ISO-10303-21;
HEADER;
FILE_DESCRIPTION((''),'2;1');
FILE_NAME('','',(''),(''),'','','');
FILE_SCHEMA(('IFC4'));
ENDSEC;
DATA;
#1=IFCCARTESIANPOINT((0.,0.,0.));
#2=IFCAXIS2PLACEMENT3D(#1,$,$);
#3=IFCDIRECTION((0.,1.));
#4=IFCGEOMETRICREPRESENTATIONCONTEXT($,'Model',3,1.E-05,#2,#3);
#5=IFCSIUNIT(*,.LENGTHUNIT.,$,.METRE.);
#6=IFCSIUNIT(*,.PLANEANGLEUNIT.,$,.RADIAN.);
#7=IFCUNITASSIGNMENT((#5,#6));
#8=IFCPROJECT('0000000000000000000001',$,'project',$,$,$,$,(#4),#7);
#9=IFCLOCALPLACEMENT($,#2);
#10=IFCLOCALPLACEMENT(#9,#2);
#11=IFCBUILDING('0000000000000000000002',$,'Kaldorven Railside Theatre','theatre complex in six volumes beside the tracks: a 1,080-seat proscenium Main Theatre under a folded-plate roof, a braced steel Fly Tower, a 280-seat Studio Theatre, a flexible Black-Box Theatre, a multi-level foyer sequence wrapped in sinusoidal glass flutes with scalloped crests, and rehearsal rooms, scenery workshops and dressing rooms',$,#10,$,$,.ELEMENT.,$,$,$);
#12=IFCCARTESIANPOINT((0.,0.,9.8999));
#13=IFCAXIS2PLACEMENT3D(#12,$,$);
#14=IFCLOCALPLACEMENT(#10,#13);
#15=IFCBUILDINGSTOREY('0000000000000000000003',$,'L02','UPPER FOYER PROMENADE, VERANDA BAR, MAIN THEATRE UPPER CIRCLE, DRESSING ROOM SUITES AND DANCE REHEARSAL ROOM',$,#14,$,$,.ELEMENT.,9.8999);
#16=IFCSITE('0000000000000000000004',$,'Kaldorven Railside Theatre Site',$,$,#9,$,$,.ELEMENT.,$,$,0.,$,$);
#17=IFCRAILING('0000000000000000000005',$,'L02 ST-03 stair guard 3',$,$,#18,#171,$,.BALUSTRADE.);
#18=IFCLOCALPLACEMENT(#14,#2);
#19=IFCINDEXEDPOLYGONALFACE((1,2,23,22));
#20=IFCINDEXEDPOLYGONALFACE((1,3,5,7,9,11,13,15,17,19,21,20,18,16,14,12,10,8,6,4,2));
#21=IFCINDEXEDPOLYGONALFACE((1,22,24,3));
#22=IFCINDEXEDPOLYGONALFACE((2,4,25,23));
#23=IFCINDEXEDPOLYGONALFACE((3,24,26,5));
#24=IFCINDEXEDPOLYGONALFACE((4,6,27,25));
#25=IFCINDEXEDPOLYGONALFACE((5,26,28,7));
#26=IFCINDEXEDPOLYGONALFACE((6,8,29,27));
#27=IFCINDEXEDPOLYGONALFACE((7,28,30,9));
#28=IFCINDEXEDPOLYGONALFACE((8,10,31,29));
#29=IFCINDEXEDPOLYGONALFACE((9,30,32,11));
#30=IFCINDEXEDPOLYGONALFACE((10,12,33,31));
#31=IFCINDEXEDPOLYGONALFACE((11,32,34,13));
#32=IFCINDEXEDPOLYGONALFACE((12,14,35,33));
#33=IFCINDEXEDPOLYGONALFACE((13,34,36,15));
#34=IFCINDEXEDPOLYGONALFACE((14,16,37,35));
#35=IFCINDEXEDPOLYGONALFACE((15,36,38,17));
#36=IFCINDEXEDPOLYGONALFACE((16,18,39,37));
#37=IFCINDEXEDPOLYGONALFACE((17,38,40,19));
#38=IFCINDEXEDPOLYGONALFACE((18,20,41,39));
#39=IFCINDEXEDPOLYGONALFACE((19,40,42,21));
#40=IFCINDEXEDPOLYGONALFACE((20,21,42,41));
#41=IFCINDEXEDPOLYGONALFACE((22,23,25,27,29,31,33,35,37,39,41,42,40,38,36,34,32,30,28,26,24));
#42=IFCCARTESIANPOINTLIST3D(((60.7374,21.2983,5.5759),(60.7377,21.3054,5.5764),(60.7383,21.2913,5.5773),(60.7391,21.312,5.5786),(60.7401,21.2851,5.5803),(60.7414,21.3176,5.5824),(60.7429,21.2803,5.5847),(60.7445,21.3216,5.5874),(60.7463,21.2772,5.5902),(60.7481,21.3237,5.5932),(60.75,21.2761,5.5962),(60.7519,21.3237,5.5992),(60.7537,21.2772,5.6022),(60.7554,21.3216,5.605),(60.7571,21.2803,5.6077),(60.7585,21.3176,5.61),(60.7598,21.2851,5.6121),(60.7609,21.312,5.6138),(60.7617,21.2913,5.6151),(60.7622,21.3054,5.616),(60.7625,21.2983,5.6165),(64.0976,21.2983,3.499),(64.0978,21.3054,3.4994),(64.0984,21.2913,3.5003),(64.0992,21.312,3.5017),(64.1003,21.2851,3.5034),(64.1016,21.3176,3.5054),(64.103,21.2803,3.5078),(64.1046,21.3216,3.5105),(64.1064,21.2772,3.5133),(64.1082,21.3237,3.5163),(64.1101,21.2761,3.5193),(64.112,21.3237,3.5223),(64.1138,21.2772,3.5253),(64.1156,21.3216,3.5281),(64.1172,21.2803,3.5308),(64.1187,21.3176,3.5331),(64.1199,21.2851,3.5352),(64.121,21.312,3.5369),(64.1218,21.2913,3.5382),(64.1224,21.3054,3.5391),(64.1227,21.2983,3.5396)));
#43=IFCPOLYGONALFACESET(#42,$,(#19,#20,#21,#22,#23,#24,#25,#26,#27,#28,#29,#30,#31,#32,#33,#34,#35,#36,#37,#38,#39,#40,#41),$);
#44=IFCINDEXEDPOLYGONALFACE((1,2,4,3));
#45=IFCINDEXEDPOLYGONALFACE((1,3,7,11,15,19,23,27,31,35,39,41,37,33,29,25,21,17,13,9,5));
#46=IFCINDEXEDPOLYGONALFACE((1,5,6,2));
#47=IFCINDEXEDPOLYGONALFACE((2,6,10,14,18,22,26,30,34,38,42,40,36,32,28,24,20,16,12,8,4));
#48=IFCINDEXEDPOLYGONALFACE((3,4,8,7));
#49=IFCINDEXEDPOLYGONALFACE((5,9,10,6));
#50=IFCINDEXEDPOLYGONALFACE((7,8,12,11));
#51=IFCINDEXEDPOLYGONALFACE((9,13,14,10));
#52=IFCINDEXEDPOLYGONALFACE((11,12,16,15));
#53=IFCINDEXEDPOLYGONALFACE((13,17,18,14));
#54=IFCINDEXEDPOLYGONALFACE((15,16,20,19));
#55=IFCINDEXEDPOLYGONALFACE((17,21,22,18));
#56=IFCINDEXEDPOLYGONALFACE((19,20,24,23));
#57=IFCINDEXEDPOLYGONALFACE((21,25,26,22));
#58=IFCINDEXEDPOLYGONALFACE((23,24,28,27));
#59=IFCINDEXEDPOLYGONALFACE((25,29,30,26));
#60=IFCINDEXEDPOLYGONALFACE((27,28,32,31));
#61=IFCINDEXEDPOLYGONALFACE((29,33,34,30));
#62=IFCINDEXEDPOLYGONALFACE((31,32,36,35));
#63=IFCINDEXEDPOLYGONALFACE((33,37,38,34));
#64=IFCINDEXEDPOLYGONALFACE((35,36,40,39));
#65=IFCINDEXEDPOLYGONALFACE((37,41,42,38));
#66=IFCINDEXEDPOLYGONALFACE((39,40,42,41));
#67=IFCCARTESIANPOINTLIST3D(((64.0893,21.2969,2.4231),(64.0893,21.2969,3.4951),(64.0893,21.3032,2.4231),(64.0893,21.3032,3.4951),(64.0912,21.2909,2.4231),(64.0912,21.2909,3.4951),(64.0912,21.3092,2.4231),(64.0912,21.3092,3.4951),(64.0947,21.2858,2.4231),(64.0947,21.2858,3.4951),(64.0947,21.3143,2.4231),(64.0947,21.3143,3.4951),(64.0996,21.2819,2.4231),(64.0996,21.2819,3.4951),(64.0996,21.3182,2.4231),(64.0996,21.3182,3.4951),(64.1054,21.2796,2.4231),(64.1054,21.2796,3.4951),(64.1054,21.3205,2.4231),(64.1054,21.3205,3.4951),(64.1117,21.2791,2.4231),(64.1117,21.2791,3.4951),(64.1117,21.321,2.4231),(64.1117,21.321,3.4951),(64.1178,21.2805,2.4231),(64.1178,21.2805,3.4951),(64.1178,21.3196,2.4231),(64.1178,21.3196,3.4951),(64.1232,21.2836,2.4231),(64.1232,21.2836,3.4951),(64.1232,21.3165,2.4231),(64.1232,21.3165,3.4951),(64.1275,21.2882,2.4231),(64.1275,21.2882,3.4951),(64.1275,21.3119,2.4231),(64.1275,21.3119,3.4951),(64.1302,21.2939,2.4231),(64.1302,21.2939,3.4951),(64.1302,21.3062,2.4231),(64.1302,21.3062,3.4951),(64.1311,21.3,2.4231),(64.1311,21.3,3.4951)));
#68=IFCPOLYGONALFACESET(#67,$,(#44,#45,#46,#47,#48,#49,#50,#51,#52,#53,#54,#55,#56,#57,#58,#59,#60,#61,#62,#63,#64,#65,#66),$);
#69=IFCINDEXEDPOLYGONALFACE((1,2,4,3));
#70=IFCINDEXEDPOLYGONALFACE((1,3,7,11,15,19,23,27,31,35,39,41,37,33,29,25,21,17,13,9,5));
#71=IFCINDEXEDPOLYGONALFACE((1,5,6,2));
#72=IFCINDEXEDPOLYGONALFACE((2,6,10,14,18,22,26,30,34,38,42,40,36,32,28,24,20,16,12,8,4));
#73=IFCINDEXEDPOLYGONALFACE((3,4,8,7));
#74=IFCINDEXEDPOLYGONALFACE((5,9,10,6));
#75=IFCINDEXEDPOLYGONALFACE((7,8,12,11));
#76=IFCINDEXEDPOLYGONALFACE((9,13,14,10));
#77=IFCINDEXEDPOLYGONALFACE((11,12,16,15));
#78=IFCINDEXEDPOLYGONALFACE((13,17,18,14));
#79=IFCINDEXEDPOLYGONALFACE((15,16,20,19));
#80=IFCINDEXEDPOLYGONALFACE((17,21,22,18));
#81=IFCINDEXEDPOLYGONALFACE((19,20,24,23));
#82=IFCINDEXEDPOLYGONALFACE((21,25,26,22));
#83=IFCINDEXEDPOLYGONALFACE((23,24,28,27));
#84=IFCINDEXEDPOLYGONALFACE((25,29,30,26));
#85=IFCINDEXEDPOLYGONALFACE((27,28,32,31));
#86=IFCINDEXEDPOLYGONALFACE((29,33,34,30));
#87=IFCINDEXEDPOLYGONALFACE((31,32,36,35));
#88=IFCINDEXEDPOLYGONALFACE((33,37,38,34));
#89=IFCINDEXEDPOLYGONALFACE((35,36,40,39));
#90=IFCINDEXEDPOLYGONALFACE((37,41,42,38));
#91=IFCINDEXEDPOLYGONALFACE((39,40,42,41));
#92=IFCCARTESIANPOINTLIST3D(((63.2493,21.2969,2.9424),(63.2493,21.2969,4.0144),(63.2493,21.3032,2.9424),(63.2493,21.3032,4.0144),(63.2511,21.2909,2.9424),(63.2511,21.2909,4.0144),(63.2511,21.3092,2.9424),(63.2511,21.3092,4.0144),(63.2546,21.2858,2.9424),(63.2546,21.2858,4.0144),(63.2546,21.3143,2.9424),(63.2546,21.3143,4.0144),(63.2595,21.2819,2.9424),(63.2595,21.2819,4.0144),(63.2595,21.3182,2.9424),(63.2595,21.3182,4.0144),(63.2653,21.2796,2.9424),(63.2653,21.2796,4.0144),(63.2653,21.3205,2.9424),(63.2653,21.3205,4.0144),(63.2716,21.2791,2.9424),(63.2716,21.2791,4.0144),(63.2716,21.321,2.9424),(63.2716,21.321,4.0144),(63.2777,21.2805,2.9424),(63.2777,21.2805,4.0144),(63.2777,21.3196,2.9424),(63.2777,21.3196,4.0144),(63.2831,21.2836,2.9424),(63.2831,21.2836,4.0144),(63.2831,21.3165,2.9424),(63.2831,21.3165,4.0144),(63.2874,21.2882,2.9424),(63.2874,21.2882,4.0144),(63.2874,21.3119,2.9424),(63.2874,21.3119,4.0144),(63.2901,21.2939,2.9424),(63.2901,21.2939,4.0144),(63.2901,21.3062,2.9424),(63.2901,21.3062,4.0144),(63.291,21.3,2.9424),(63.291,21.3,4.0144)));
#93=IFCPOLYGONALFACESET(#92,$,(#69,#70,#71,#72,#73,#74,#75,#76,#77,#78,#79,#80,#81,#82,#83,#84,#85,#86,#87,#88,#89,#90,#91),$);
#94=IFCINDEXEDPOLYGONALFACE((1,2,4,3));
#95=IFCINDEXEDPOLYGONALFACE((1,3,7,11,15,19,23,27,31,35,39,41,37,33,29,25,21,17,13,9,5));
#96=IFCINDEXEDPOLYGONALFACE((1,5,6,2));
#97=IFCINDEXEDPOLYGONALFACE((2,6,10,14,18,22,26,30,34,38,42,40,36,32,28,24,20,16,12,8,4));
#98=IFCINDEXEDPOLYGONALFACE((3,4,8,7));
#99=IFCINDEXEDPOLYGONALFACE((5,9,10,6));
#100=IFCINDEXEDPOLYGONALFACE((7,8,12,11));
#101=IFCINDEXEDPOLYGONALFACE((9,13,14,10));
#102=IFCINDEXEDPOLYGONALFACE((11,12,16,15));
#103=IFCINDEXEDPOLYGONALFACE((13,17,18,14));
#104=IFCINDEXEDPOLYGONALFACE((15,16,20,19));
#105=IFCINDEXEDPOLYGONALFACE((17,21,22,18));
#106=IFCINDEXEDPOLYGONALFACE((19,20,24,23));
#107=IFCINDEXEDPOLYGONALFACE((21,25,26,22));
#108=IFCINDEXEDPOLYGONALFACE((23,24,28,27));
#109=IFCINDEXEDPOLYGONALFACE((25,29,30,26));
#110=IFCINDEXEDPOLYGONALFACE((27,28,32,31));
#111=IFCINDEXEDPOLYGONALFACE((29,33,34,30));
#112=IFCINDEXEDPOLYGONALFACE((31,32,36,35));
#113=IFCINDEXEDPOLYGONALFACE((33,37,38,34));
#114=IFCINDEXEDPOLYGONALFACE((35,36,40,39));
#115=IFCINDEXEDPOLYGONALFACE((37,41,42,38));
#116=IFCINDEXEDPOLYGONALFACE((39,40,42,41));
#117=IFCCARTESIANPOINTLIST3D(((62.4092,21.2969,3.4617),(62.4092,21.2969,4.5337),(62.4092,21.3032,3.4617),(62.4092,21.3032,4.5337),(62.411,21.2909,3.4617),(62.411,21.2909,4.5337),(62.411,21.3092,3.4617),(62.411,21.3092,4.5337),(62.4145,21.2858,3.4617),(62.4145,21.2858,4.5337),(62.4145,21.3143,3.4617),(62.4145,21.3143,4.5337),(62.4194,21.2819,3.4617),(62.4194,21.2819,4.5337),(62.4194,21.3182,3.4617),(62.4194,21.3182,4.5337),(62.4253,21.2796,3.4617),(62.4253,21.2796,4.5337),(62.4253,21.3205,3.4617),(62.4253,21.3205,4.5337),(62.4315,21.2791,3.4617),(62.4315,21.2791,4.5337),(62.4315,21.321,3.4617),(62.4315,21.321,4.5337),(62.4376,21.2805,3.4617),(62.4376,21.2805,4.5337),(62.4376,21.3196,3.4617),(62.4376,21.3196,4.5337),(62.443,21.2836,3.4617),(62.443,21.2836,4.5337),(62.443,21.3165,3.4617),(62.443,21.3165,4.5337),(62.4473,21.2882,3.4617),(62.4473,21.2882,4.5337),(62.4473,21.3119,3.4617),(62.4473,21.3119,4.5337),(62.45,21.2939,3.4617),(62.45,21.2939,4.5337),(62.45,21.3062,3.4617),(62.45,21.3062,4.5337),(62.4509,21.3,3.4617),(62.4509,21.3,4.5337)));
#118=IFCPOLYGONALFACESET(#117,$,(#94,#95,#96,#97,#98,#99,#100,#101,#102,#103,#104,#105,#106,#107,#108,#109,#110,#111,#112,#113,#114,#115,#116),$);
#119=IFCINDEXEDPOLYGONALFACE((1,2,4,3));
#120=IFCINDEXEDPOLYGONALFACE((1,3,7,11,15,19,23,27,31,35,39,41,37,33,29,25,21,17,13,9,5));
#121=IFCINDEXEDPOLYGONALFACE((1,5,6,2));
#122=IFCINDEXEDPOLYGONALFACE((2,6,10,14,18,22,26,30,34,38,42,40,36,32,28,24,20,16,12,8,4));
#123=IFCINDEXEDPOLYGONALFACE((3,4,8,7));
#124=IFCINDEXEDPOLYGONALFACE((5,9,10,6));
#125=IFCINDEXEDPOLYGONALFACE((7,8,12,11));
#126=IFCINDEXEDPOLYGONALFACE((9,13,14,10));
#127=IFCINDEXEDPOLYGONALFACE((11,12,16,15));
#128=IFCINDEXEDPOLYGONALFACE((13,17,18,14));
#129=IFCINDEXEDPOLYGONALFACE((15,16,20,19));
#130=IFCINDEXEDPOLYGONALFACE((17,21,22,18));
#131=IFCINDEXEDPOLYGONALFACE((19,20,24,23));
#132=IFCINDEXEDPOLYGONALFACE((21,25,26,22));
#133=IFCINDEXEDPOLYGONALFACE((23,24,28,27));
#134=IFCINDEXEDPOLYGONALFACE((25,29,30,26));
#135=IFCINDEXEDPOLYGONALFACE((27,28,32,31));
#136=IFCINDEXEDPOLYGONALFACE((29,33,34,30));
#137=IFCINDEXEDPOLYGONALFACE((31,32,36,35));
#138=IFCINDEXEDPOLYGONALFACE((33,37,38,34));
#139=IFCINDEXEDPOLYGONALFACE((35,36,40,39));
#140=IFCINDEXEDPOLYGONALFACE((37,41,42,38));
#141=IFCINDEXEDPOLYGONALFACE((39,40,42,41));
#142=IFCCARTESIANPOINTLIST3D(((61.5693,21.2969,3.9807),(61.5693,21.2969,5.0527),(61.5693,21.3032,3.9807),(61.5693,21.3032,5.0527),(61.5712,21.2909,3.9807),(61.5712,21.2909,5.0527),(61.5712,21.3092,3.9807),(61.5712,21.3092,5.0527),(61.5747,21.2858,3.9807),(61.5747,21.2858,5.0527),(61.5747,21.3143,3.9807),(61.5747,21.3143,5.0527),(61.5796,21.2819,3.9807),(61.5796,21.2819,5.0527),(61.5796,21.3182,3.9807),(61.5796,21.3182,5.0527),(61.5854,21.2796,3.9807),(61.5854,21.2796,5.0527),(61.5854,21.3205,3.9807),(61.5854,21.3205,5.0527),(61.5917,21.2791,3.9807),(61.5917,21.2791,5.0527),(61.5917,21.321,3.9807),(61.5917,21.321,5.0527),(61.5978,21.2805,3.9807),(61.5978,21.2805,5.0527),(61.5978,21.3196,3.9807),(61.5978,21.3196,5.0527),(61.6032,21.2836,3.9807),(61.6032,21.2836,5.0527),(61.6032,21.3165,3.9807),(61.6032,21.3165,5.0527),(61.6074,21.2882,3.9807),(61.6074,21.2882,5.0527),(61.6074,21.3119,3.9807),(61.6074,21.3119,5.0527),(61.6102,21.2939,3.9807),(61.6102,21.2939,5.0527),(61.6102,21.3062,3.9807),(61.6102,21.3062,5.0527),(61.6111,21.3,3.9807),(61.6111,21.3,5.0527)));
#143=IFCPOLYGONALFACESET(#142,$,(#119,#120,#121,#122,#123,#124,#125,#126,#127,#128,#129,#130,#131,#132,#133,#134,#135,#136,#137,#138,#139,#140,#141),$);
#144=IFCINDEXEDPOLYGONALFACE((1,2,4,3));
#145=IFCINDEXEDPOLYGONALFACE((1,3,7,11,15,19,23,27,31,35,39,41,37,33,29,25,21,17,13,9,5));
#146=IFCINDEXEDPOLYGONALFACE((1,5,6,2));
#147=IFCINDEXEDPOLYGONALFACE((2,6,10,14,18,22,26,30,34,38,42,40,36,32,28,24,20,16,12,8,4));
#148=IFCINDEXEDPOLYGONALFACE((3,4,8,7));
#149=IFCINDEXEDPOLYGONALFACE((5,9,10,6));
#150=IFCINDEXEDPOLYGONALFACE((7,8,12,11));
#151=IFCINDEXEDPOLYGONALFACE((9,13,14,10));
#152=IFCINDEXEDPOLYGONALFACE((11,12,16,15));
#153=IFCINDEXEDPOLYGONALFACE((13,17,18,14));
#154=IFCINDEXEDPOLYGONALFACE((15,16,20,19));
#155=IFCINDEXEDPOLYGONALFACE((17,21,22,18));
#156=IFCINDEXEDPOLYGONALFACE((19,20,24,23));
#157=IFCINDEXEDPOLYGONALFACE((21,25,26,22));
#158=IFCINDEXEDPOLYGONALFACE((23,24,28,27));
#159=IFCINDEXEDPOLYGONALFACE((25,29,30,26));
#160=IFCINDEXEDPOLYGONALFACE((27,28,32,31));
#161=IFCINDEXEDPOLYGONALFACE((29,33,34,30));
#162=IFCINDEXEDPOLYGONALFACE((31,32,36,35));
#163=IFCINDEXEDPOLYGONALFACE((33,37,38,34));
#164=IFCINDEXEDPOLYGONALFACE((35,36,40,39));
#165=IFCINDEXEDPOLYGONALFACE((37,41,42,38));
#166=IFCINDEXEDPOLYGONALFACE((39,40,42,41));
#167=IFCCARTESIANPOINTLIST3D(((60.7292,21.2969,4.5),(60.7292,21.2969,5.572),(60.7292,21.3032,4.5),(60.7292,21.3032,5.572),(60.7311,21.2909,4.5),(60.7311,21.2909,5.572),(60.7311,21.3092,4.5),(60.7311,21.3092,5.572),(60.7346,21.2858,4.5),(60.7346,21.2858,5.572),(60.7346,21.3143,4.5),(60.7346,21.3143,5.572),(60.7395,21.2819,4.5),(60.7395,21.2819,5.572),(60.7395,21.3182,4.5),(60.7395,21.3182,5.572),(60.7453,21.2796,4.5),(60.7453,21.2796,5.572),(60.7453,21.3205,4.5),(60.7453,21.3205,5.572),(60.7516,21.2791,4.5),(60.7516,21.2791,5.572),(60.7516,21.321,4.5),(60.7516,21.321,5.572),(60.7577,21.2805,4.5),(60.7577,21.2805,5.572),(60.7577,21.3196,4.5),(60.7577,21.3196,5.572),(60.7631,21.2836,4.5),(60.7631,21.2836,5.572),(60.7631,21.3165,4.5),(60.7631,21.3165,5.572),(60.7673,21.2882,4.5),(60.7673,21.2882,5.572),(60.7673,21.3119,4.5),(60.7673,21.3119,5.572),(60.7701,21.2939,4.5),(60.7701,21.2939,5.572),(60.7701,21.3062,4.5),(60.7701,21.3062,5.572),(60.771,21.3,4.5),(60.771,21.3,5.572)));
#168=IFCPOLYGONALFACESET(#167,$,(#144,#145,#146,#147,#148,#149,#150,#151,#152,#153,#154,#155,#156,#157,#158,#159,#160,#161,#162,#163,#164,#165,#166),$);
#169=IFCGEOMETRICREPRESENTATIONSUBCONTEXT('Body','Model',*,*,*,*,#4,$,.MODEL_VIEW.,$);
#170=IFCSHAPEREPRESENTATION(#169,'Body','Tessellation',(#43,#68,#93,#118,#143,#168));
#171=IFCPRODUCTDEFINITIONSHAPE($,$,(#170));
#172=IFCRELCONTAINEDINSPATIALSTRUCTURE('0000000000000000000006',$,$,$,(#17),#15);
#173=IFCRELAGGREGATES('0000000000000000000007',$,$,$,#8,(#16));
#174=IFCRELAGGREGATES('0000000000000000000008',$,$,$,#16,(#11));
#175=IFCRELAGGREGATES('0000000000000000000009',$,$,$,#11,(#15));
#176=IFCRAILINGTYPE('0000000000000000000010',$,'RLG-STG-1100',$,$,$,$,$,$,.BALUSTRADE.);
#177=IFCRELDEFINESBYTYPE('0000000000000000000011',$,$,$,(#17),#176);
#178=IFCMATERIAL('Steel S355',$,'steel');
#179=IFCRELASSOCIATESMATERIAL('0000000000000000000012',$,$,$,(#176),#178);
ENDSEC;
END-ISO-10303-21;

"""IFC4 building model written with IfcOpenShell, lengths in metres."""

from ifc_helpers import new_model, si_unit, direction, frame, origin, origin_2d, place, context, subcontext, project, spatial, circle, extrude, material, type_object, element, save


model = new_model("IFC4")

# Units and contexts
model_context = context("Model", 3, precision=1e-05, world=origin(), true_north=direction((0.0, 1.0)))
body_context = subcontext(model_context, "Body", "Model", "MODEL_VIEW")
ifc_project = project(units=[si_unit("LENGTHUNIT", "METRE"), si_unit("PLANEANGLEUNIT", "RADIAN")], contexts=[model_context])

# Site, building, storey
site_placement = place(None, origin())
site = spatial("IfcSite", under=ifc_project, at=site_placement, Name="Kaldorven Railside Theatre Site", CompositionType="ELEMENT", RefElevation=0.0)
building_placement = place(site_placement, origin())
building = spatial("IfcBuilding", under=site, at=building_placement, Name="Kaldorven Railside Theatre", Description="theatre complex in six volumes beside the tracks: a 1,080-seat proscenium Main Theatre under a folded-plate roof, a braced steel Fly Tower, a 280-seat Studio Theatre, a flexible Black-Box Theatre, a multi-level foyer sequence wrapped in sinusoidal glass flutes with scalloped crests, and rehearsal rooms, scenery workshops and dressing rooms", CompositionType="ELEMENT")
storey_placement = place(building_placement, frame((0.0, 0.0, 9.8999)))
storey = spatial("IfcBuildingStorey", under=building, at=storey_placement, Name="L02", Description="UPPER FOYER PROMENADE, VERANDA BAR, MAIN THEATRE UPPER CIRCLE, DRESSING ROOM SUITES AND DANCE REHEARSAL ROOM", CompositionType="ELEMENT", Elevation=9.8999)

# Shared definitions
ifc_material_1 = material(Name="Steel S355", Category="steel")

# Railing
railing_type_1 = type_object("IfcRailingType", Name="RLG-STG-1100", PredefinedType="BALUSTRADE", material=ifc_material_1)
railing_1_placement = place(storey_placement, frame((64.1101, 21.3, 2.4231)))
element("IfcRailing", 1, at=railing_1_placement, inside=storey, type_object=railing_type_1, Name="L02 ST-03 stair guard 3", PredefinedType="BALUSTRADE", context=body_context, shape_type="SweptSolid", body=[
    extrude(circle(Radius=0.0239, at=origin_2d()), frame((0.0, 0.0, 1.0962), z_axis=(-0.850623, 0.0, 0.525776), x_axis=(0.0, -1.0, 0.0)), (0.0, 0.0, 1.0), 3.9502),
    extrude(circle(Radius=0.021, at=origin_2d()), origin(), (0.0, 0.0, 1.0), 1.072),
    extrude(circle(Radius=0.021, at=origin_2d()), frame((-0.8401, 0.0, 0.5193)), (0.0, 0.0, 1.0), 1.072),
    extrude(circle(Radius=0.021, at=origin_2d()), frame((-1.6802, 0.0, 1.0386)), (0.0, 0.0, 1.0), 1.072),
    extrude(circle(Radius=0.021, at=origin_2d()), frame((-2.52, 0.0, 1.5576)), (0.0, 0.0, 1.0), 1.072),
    extrude(circle(Radius=0.021, at=origin_2d()), frame((-3.3601, 0.0, 2.0769)), (0.0, 0.0, 1.0), 1.072),
])

save(model, "model.ifc")
